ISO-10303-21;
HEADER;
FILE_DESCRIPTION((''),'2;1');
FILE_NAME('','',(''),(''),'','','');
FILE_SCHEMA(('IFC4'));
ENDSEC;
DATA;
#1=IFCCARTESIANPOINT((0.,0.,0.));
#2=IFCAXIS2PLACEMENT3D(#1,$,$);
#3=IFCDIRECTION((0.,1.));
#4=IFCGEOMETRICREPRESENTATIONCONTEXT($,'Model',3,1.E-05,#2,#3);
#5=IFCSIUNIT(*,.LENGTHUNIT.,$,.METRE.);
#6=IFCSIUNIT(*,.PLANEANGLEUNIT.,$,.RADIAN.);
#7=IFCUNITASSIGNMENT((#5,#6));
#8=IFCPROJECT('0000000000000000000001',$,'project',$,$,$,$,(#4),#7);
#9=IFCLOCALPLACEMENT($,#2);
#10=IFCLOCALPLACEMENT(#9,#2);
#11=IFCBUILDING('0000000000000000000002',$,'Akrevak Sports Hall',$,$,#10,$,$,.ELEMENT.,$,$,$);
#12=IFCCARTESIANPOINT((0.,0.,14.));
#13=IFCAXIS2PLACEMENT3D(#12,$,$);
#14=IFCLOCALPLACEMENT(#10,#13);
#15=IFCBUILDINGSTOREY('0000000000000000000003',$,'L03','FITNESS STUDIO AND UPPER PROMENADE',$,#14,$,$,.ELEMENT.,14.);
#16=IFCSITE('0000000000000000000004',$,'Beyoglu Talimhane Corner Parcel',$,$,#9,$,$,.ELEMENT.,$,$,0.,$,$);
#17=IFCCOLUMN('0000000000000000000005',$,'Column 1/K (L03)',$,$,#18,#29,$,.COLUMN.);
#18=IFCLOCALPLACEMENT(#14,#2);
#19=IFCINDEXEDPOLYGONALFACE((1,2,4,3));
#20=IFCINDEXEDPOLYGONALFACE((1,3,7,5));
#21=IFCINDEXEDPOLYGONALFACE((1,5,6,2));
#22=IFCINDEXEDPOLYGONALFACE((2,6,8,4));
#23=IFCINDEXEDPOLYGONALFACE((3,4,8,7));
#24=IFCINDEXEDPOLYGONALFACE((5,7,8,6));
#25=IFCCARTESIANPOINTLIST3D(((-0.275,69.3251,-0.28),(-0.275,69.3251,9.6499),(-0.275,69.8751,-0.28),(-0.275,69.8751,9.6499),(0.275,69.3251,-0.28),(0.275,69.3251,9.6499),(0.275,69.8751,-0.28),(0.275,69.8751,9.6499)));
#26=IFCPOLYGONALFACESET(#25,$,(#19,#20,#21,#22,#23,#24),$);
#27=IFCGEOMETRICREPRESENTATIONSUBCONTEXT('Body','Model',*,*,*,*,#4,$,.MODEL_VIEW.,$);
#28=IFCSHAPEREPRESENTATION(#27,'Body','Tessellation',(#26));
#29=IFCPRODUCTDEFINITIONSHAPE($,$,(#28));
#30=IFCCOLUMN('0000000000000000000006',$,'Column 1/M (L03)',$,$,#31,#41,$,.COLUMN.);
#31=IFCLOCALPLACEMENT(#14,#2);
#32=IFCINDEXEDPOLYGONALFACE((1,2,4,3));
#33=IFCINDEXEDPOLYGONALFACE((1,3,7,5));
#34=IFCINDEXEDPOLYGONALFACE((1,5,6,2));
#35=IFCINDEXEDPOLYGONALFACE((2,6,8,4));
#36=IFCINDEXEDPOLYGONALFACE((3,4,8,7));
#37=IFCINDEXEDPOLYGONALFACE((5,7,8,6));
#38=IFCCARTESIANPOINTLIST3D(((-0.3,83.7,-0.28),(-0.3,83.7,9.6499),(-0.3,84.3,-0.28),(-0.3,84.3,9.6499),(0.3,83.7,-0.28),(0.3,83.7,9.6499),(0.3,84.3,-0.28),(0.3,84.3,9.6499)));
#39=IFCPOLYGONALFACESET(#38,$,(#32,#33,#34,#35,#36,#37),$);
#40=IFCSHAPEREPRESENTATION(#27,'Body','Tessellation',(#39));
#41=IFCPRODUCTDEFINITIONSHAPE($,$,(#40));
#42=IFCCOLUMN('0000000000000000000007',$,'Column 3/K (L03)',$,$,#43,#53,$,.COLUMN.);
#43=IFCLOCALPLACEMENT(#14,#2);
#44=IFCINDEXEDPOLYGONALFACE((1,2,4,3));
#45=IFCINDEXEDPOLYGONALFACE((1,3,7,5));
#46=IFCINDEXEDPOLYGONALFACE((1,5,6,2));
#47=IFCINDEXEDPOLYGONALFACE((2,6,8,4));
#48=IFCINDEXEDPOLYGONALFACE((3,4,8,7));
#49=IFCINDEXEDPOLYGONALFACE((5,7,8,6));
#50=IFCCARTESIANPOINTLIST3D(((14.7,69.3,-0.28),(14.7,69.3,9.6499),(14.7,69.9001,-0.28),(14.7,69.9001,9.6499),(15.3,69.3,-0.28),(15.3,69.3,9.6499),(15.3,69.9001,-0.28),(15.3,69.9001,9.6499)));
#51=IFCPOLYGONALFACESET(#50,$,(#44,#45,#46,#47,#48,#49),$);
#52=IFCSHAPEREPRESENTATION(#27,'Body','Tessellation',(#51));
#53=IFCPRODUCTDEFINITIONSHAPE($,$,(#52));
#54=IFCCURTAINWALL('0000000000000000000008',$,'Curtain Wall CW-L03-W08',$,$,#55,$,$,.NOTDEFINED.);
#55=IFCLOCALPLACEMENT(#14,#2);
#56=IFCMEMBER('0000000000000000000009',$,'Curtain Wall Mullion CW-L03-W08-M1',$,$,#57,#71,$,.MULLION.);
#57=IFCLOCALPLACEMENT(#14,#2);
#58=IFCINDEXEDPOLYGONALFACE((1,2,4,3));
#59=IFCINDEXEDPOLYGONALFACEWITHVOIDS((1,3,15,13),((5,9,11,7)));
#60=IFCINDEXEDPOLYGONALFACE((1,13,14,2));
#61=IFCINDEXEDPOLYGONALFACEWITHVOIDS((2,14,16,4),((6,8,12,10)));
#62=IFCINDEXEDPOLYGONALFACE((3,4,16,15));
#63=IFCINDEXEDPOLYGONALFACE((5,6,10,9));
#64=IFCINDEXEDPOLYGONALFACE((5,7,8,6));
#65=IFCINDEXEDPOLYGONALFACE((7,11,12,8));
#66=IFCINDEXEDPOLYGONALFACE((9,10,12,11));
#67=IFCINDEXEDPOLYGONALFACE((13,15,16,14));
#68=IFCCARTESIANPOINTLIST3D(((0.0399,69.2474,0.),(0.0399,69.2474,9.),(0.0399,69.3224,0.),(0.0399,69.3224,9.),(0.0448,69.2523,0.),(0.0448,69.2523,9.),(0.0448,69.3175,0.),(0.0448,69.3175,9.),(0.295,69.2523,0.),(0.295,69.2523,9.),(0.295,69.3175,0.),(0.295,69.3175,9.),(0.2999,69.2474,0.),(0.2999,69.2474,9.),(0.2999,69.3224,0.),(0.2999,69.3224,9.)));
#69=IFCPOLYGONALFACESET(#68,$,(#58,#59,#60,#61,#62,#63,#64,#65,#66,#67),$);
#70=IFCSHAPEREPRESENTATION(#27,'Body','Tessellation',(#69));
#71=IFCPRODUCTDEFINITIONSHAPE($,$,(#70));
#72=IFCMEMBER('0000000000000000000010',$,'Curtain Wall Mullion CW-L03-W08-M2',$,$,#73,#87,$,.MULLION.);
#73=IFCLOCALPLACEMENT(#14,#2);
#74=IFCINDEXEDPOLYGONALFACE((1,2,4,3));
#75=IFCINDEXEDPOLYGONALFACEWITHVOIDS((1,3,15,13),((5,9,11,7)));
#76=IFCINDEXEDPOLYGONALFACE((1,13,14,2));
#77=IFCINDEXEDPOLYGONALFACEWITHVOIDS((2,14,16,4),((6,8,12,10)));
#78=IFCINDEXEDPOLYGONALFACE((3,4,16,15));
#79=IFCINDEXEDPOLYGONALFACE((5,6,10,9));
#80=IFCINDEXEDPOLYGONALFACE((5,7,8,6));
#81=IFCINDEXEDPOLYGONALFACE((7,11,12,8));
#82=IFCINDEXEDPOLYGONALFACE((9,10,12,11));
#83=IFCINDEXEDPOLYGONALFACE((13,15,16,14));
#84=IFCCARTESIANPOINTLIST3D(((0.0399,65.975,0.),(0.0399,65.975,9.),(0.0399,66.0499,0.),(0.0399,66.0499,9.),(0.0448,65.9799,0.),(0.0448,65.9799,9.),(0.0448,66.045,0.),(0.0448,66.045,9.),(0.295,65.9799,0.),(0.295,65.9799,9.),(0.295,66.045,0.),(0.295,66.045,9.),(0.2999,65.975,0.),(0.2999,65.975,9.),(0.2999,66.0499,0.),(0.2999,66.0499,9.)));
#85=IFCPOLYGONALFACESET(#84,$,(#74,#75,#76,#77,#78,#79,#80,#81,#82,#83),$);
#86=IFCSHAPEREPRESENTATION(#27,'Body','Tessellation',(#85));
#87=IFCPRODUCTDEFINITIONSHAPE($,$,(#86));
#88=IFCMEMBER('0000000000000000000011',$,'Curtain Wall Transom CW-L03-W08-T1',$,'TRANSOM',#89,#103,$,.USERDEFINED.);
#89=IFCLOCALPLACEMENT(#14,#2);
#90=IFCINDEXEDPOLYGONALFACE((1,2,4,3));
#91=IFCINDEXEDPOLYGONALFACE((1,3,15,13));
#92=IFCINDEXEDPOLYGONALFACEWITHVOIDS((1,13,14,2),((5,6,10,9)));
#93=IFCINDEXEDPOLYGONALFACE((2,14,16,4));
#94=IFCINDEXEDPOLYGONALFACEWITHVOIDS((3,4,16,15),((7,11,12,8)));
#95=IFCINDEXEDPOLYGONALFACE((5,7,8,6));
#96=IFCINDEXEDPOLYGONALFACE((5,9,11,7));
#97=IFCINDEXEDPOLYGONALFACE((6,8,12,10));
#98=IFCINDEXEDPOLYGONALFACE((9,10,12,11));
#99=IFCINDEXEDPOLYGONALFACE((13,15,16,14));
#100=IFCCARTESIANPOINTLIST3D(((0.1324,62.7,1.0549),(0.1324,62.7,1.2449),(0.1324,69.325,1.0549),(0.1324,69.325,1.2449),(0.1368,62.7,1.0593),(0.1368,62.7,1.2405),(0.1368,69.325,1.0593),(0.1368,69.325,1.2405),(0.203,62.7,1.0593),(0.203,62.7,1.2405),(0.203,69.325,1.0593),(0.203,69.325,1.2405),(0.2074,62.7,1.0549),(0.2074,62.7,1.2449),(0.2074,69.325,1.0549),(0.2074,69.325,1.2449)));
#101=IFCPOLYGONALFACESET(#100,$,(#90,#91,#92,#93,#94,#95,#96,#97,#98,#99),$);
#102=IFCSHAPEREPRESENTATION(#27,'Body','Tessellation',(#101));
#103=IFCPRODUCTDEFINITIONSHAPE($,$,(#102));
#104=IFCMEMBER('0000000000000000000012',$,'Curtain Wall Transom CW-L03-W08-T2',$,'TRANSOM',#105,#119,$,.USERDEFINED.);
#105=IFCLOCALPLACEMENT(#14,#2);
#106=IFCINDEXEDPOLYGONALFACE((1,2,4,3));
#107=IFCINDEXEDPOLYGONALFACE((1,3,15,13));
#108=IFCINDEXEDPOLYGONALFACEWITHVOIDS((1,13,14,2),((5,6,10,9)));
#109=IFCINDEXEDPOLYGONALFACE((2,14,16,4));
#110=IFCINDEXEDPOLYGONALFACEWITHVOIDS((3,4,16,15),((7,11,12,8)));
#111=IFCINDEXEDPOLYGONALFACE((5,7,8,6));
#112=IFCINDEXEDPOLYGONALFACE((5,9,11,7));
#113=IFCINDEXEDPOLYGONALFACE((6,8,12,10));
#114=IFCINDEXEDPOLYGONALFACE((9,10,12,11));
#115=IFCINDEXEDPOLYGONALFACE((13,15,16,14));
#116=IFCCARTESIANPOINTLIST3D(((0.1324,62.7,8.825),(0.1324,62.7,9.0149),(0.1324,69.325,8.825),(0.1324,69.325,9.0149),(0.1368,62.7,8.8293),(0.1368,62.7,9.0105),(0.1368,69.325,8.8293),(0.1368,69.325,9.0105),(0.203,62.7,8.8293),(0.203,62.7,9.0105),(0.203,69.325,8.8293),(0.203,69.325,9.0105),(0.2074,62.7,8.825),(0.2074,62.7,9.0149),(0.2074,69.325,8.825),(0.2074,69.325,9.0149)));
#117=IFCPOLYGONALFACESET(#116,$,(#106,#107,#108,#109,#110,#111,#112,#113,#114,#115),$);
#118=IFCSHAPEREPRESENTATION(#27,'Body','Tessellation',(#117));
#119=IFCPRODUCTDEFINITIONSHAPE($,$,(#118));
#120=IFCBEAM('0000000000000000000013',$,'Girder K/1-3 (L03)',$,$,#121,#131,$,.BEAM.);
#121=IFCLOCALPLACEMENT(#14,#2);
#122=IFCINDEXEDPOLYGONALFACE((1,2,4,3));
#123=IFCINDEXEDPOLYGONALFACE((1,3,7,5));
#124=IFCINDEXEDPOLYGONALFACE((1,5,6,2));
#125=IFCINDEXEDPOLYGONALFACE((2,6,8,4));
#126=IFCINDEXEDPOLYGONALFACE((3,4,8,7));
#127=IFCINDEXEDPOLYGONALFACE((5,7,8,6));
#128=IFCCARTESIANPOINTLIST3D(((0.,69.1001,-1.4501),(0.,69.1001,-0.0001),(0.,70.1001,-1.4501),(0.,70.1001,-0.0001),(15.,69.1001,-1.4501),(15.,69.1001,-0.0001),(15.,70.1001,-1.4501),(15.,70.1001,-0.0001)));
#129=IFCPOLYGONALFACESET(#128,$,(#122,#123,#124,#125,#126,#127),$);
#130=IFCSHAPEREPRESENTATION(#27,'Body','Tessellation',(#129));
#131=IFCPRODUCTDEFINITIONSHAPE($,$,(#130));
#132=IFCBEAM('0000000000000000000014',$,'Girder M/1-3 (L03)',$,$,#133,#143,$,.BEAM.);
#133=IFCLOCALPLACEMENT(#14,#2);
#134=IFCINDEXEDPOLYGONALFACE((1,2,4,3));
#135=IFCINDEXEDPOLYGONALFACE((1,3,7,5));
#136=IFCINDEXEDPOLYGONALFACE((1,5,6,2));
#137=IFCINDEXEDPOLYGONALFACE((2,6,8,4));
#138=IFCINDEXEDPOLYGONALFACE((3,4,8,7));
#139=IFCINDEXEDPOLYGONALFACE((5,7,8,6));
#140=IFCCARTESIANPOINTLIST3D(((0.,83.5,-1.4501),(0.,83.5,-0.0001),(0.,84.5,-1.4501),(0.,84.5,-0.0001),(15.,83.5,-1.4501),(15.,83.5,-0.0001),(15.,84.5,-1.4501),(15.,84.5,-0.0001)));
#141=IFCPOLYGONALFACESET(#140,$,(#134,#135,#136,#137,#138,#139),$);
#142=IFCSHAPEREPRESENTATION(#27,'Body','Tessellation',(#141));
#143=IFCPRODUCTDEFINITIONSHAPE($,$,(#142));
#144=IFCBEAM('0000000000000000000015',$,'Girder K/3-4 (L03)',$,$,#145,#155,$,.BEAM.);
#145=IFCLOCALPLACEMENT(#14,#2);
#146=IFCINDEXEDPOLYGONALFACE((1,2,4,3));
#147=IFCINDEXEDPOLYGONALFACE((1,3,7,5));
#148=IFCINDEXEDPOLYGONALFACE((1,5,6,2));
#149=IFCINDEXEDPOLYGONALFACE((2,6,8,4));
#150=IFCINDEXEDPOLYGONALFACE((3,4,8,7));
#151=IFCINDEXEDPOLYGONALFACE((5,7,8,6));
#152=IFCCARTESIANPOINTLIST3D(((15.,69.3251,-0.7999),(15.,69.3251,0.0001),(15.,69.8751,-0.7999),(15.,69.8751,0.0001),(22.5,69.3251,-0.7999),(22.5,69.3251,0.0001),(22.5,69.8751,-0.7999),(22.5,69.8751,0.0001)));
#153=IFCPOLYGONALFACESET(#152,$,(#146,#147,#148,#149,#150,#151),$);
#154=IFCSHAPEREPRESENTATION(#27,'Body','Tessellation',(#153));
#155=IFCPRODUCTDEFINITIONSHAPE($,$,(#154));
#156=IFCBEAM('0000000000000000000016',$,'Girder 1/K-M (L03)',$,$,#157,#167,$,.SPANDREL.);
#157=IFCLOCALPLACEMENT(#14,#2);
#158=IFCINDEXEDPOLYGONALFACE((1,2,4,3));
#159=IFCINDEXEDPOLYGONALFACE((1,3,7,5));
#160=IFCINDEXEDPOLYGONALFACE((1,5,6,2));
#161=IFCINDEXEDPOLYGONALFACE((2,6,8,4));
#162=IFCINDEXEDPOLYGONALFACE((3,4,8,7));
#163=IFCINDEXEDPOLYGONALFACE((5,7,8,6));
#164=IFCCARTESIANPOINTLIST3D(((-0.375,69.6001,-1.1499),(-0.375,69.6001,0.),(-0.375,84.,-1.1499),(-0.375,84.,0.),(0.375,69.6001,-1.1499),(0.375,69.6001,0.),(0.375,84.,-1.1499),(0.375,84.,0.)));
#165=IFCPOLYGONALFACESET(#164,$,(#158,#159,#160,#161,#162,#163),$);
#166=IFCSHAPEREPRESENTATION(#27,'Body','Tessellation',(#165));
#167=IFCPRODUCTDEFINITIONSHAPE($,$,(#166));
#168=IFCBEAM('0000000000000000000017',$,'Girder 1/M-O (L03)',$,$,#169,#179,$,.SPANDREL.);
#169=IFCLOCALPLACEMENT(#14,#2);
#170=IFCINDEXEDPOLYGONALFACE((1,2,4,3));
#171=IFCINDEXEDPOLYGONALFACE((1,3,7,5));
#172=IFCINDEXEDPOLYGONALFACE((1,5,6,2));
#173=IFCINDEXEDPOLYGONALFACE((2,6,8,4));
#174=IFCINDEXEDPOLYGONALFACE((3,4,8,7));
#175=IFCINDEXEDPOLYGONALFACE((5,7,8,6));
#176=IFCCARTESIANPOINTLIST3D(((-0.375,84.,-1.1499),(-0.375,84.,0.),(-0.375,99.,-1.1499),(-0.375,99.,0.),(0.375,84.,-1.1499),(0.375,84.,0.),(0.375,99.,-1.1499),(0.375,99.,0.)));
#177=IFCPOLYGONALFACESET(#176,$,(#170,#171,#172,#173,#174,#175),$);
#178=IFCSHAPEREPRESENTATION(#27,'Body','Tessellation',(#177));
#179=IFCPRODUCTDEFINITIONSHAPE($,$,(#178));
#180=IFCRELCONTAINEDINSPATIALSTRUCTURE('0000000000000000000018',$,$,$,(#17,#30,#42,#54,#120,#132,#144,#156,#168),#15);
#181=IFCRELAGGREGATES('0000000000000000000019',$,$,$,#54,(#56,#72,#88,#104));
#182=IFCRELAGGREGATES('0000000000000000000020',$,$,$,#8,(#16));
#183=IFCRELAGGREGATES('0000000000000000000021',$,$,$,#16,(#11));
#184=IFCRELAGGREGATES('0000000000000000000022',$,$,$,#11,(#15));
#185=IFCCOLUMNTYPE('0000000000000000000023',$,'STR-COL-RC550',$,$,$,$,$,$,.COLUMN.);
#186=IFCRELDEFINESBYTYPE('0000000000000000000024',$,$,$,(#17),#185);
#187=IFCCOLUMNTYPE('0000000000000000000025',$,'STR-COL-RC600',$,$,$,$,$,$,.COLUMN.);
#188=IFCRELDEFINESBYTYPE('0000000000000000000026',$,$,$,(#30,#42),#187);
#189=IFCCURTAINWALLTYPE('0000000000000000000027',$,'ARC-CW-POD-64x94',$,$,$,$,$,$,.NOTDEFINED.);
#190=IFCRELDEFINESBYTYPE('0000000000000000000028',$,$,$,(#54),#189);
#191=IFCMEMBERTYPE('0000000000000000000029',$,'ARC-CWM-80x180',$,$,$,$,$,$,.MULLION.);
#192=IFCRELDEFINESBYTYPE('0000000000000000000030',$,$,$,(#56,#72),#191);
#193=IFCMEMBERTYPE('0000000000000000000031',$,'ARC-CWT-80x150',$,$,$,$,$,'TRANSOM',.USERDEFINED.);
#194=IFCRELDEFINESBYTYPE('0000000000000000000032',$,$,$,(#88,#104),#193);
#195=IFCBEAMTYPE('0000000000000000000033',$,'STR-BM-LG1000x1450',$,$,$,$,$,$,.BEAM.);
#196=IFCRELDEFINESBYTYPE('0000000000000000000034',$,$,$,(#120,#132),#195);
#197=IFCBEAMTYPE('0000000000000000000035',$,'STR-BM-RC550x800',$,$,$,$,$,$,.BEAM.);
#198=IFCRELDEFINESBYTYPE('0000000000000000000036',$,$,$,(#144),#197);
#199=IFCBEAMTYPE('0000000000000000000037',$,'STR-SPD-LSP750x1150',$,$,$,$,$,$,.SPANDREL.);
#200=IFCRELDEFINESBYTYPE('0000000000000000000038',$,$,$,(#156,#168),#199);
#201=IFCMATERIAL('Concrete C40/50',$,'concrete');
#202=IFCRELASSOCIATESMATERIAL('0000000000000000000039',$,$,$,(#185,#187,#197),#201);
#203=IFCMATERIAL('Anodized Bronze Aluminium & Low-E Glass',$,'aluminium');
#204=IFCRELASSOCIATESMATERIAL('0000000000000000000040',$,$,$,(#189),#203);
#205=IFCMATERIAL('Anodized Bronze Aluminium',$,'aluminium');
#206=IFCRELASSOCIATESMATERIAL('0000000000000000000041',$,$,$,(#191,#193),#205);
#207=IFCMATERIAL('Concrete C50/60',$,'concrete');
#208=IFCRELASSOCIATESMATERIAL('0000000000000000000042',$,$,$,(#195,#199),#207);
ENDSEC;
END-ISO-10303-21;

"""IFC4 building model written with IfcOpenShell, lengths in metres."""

from ifc_helpers import new_model, si_unit, direction, frame, origin, origin_2d, place, context, subcontext, project, spatial, rectangle, hollow_rectangle, extrude, material, material_profile, profile_set, type_object, element, aggregate, save


model = new_model("IFC4")

# Units and contexts
model_context = context("Model", 3, precision=1e-05, world=origin(), true_north=direction((0.0, 1.0)))
body_context = subcontext(model_context, "Body", "Model", "MODEL_VIEW")
ifc_project = project(units=[si_unit("LENGTHUNIT", "METRE"), si_unit("PLANEANGLEUNIT", "RADIAN")], contexts=[model_context])

# Site, building, storey
site_placement = place(None, origin())
site = spatial("IfcSite", under=ifc_project, at=site_placement, Name="Beyoglu Talimhane Corner Parcel", CompositionType="ELEMENT", RefElevation=0.0)
building_placement = place(site_placement, origin())
building = spatial("IfcBuilding", under=site, at=building_placement, Name="Akrevak Sports Hall", CompositionType="ELEMENT")
storey_placement = place(building_placement, frame((0.0, 0.0, 14.0)))
storey = spatial("IfcBuildingStorey", under=building, at=storey_placement, Name="L03", Description="FITNESS STUDIO AND UPPER PROMENADE", CompositionType="ELEMENT", Elevation=14.0)

# Columns
ifc_material_1 = material(Name="Concrete C40/50", Category="concrete")
ifc_material_profile_1 = material_profile(ifc_material_1, rectangle(XDim=0.55, YDim=0.55, at=origin_2d()), Name="RC 550x550", Category="concrete")
ifc_profile_set_1 = profile_set([ifc_material_profile_1], Name="Concrete C40/50")
column_type_1 = type_object("IfcColumnType", Name="STR-COL-RC550", PredefinedType="COLUMN", material=ifc_profile_set_1)
column_placement = place(storey_placement, frame((0.0, 69.6001, -0.28), z_axis=(0.0, 0.0, 1.0), x_axis=(1.0, 0.0, 0.0)))
element("IfcColumn", 1, at=column_placement, inside=storey, type_object=column_type_1, Name="Column 1/K (L03)", PredefinedType="COLUMN", context=body_context, shape_type="SweptSolid", body=[
    extrude(rectangle(XDim=0.55, YDim=0.55, at=origin_2d()), origin(), (0.0, 0.0, 1.0), 9.9299),
])
ifc_material_profile_2 = material_profile(ifc_material_1, rectangle(XDim=0.6001, YDim=0.6001, at=origin_2d()), Name="RC 600x600", Category="concrete")
ifc_profile_set_2 = profile_set([ifc_material_profile_2], Name="Concrete C40/50")
column_type_2 = type_object("IfcColumnType", Name="STR-COL-RC600", PredefinedType="COLUMN", material=ifc_profile_set_2)
for number, where, z_axis, x_axis, name in (
    (2, (0.0, 84.0, -0.28), (0.0, 0.0, 1.0), (1.0, 0.0, 0.0), "Column 1/M (L03)"),
    (3, (15.0, 69.6001, -0.28), (0.0, 0.0, 1.0), (1.0, 0.0, 0.0), "Column 3/K (L03)"),
):
    element("IfcColumn", number, at=place(storey_placement, frame(where, z_axis=z_axis, x_axis=x_axis)), inside=storey, type_object=column_type_2, Name=name, PredefinedType="COLUMN", context=body_context, shape_type="SweptSolid", body=[
        extrude(rectangle(XDim=0.6001, YDim=0.6001, at=origin_2d()), origin(), (0.0, 0.0, 1.0), 9.9299),
    ])

# Curtain wall, members
ifc_material_2 = material(Name="Anodized Bronze Aluminium & Low-E Glass", Category="aluminium")
curtain_wall_type = type_object("IfcCurtainWallType", Name="ARC-CW-POD-64x94", PredefinedType="NOTDEFINED", material=ifc_material_2)
curtain_wall_placement = place(storey_placement, origin())
curtain_wall = element("IfcCurtainWall", 4, at=curtain_wall_placement, inside=storey, type_object=curtain_wall_type, Name="Curtain Wall CW-L03-W08", PredefinedType="NOTDEFINED")
ifc_material_3 = material(Name="Anodized Bronze Aluminium", Category="aluminium")
ifc_material_profile_3 = material_profile(ifc_material_3, hollow_rectangle(XDim=0.075, YDim=0.26, WallThickness=0.0049, at=origin_2d()), Name="CWM 75x260", Category="aluminium")
ifc_profile_set_3 = profile_set([ifc_material_profile_3], Name="Anodized Bronze Aluminium")
member_type_1 = type_object("IfcMemberType", Name="ARC-CWM-80x180", PredefinedType="MULLION", material=ifc_profile_set_3)
member_1_placement = place(storey_placement, frame((0.1699, 69.2849, 0.0), z_axis=(0.0, 0.0, 1.0), x_axis=(0.0, -1.0, 0.0)))
member_1 = element("IfcMember", 5, at=member_1_placement, type_object=member_type_1, Name="Curtain Wall Mullion CW-L03-W08-M1", PredefinedType="MULLION", context=body_context, shape_type="SweptSolid", body=[
    extrude(hollow_rectangle(XDim=0.075, YDim=0.26, WallThickness=0.0049, at=origin_2d()), origin(), (0.0, 0.0, 1.0), 9.0),
])
member_2_placement = place(storey_placement, frame((0.1699, 66.0125, 0.0), z_axis=(0.0, 0.0, 1.0), x_axis=(0.0, -1.0, 0.0)))
member_2 = element("IfcMember", 6, at=member_2_placement, type_object=member_type_1, Name="Curtain Wall Mullion CW-L03-W08-M2", PredefinedType="MULLION", context=body_context, shape_type="SweptSolid", body=[
    extrude(hollow_rectangle(XDim=0.075, YDim=0.26, WallThickness=0.0049, at=origin_2d()), origin(), (0.0, 0.0, 1.0), 9.0),
])
ifc_material_profile_4 = material_profile(ifc_material_3, hollow_rectangle(XDim=0.075, YDim=0.1899, WallThickness=0.0044, at=origin_2d()), Name="CWT 75x190", Category="aluminium")
ifc_profile_set_4 = profile_set([ifc_material_profile_4], Name="Anodized Bronze Aluminium")
member_type_2 = type_object("IfcMemberType", Name="ARC-CWT-80x150", ElementType="TRANSOM", PredefinedType="USERDEFINED", material=ifc_profile_set_4)
member_3_placement = place(storey_placement, frame((0.1699, 69.325, 1.1499), z_axis=(0.0, -1.0, 0.0), x_axis=(1.0, 0.0, 0.0)))
member_3 = element("IfcMember", 7, at=member_3_placement, type_object=member_type_2, Name="Curtain Wall Transom CW-L03-W08-T1", ObjectType="TRANSOM", PredefinedType="USERDEFINED", context=body_context, shape_type="SweptSolid", body=[
    extrude(hollow_rectangle(XDim=0.075, YDim=0.1899, WallThickness=0.0044, at=origin_2d()), origin(), (0.0, 0.0, 1.0), 6.625),
])
member_4_placement = place(storey_placement, frame((0.1699, 69.325, 8.9199), z_axis=(0.0, -1.0, 0.0), x_axis=(1.0, 0.0, 0.0)))
member_4 = element("IfcMember", 8, at=member_4_placement, type_object=member_type_2, Name="Curtain Wall Transom CW-L03-W08-T2", ObjectType="TRANSOM", PredefinedType="USERDEFINED", context=body_context, shape_type="SweptSolid", body=[
    extrude(hollow_rectangle(XDim=0.075, YDim=0.1899, WallThickness=0.0044, at=origin_2d()), origin(), (0.0, 0.0, 1.0), 6.625),
])

# Beams
ifc_material_4 = material(Name="Concrete C50/60", Category="concrete")
ifc_material_profile_5 = material_profile(ifc_material_4, rectangle(XDim=1.0, YDim=1.45, at=origin_2d()), Name="BM 1000x1450", Category="concrete")
ifc_profile_set_5 = profile_set([ifc_material_profile_5], Name="Concrete C50/60")
beam_type_1 = type_object("IfcBeamType", Name="STR-BM-LG1000x1450", PredefinedType="BEAM", material=ifc_profile_set_5)
for number, where, z_axis, x_axis, name in (
    (9, (0.0, 69.6001, -0.7251), (1.0, 0.0, 0.0), (0.0, 1.0, 0.0), "Girder K/1-3 (L03)"),
    (10, (0.0, 84.0, -0.7251), (1.0, 0.0, 0.0), (0.0, 1.0, 0.0), "Girder M/1-3 (L03)"),
):
    element("IfcBeam", number, at=place(storey_placement, frame(where, z_axis=z_axis, x_axis=x_axis)), inside=storey, type_object=beam_type_1, Name=name, PredefinedType="BEAM", context=body_context, shape_type="SweptSolid", body=[
        extrude(rectangle(XDim=1.0, YDim=1.45, at=origin_2d()), origin(), (0.0, 0.0, 1.0), 15.0),
    ])
ifc_material_profile_6 = material_profile(ifc_material_1, rectangle(XDim=0.55, YDim=0.8, at=origin_2d()), Name="BM 550x800", Category="concrete")
ifc_profile_set_6 = profile_set([ifc_material_profile_6], Name="Concrete C40/50")
beam_type_2 = type_object("IfcBeamType", Name="STR-BM-RC550x800", PredefinedType="BEAM", material=ifc_profile_set_6)
beam_1_placement = place(storey_placement, frame((15.0, 69.6001, -0.3999), z_axis=(1.0, 0.0, 0.0), x_axis=(0.0, 1.0, 0.0)))
element("IfcBeam", 11, at=beam_1_placement, inside=storey, type_object=beam_type_2, Name="Girder K/3-4 (L03)", PredefinedType="BEAM", context=body_context, shape_type="SweptSolid", body=[
    extrude(rectangle(XDim=0.55, YDim=0.8, at=origin_2d()), origin(), (0.0, 0.0, 1.0), 7.5),
])
ifc_material_profile_7 = material_profile(ifc_material_4, rectangle(XDim=0.75, YDim=1.1499, at=origin_2d()), Name="SPD 750x1150", Category="concrete")
ifc_profile_set_7 = profile_set([ifc_material_profile_7], Name="Concrete C50/60")
beam_type_3 = type_object("IfcBeamType", Name="STR-SPD-LSP750x1150", PredefinedType="SPANDREL", material=ifc_profile_set_7)
beam_2_placement = place(storey_placement, frame((0.0, 69.6001, -0.575), z_axis=(0.0, 1.0, 0.0), x_axis=(-1.0, 0.0, 0.0)))
element("IfcBeam", 12, at=beam_2_placement, inside=storey, type_object=beam_type_3, Name="Girder 1/K-M (L03)", PredefinedType="SPANDREL", context=body_context, shape_type="SweptSolid", body=[
    extrude(rectangle(XDim=0.75, YDim=1.1499, at=origin_2d()), origin(), (0.0, 0.0, 1.0), 14.3999),
])
beam_3_placement = place(storey_placement, frame((0.0, 84.0, -0.575), z_axis=(0.0, 1.0, 0.0), x_axis=(-1.0, 0.0, 0.0)))
element("IfcBeam", 13, at=beam_3_placement, inside=storey, type_object=beam_type_3, Name="Girder 1/M-O (L03)", PredefinedType="SPANDREL", context=body_context, shape_type="SweptSolid", body=[
    extrude(rectangle(XDim=0.75, YDim=1.1499, at=origin_2d()), origin(), (0.0, 0.0, 1.0), 15.0),
])

aggregate(curtain_wall, [member_1, member_2, member_3, member_4])

save(model, "model.ifc")
